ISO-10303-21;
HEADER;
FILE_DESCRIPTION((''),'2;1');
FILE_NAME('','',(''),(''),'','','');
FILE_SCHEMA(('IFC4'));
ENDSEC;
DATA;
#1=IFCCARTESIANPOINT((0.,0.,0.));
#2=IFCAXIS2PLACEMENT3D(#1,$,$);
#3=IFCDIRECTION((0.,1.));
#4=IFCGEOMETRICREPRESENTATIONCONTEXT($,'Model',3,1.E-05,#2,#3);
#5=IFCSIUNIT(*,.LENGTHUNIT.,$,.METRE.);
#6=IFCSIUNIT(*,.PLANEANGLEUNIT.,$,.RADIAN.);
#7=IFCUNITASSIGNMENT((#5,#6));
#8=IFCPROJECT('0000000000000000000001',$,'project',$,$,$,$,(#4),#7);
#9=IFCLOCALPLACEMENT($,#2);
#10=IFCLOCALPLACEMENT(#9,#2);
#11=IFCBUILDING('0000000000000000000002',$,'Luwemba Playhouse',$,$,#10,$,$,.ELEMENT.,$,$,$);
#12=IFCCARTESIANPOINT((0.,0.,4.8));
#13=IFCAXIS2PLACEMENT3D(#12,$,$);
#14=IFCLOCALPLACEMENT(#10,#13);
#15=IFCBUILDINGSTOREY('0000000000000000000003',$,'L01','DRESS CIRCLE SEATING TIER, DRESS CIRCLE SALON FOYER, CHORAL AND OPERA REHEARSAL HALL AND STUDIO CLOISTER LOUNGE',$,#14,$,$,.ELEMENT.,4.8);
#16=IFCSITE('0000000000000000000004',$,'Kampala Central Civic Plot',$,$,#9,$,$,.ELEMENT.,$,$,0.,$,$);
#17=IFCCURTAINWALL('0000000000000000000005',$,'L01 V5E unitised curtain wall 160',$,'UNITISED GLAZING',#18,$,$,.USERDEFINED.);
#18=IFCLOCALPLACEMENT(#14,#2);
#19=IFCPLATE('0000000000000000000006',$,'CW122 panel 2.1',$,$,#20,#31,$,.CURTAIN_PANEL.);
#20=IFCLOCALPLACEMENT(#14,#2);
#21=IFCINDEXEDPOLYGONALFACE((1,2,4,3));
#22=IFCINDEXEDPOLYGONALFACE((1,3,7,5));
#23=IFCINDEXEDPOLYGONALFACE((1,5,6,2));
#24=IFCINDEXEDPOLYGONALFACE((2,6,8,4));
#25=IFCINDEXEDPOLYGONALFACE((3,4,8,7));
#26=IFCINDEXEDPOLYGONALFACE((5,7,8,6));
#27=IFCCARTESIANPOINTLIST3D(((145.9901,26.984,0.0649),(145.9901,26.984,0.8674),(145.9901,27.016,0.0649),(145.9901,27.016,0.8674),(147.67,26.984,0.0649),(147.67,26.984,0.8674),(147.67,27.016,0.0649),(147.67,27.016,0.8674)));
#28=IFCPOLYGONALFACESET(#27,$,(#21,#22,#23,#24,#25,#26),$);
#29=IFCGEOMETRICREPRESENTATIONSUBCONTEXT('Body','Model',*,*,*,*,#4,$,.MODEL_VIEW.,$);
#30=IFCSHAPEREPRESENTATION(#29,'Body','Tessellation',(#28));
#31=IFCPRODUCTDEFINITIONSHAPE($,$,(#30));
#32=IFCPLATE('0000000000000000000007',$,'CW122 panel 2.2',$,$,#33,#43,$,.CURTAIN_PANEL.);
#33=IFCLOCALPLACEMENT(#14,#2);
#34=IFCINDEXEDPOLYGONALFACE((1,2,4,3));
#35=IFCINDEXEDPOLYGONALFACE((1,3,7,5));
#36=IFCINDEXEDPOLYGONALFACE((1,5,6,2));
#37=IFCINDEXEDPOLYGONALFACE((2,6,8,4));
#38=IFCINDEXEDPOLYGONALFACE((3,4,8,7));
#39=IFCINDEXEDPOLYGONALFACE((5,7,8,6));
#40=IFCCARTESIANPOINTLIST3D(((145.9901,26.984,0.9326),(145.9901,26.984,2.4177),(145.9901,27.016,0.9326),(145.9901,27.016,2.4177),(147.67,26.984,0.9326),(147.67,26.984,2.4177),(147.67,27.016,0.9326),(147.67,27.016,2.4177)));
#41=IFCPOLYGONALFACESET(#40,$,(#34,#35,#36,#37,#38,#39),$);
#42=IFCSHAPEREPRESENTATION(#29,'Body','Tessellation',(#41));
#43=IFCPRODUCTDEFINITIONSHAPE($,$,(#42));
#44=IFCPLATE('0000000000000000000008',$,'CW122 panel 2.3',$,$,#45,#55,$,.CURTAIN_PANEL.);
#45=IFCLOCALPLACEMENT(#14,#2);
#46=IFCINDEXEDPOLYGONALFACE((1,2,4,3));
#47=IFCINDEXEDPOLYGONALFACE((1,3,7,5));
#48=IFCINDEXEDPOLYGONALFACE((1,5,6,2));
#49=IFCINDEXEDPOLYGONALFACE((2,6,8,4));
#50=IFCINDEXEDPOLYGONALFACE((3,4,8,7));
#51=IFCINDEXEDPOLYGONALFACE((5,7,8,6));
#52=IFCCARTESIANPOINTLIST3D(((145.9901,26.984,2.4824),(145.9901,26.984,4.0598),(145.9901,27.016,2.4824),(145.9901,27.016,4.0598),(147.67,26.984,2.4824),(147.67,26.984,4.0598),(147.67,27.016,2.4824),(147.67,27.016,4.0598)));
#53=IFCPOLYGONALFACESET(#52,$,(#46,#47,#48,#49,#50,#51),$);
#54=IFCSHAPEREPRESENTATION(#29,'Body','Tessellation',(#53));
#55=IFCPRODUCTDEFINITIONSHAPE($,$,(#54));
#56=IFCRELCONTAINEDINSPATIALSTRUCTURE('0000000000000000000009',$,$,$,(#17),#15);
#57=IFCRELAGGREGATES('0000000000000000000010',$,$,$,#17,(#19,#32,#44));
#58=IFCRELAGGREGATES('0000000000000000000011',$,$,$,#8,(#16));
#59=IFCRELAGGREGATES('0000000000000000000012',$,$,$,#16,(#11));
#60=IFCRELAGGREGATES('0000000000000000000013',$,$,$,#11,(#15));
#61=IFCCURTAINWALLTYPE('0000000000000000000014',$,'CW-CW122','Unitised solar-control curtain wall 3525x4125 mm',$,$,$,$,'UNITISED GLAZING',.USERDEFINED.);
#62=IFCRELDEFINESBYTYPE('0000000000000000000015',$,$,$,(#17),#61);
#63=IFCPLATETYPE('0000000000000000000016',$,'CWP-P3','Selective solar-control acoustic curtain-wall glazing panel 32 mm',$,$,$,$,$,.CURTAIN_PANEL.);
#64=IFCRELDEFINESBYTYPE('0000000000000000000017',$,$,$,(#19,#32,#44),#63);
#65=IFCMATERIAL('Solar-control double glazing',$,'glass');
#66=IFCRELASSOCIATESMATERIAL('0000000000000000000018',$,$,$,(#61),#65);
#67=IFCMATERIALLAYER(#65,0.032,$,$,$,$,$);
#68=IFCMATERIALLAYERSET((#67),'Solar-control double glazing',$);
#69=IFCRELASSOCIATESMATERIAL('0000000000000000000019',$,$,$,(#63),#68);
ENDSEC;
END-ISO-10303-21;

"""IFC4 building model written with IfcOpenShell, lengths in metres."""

from ifc_helpers import new_model, si_unit, direction, frame, origin, origin_2d, place, context, subcontext, project, spatial, rectangle, extrude, material, layer, layer_set, type_object, element, aggregate, save


model = new_model("IFC4")

# Units and contexts
model_context = context("Model", 3, precision=1e-05, world=origin(), true_north=direction((0.0, 1.0)))
body_context = subcontext(model_context, "Body", "Model", "MODEL_VIEW")
ifc_project = project(units=[si_unit("LENGTHUNIT", "METRE"), si_unit("PLANEANGLEUNIT", "RADIAN")], contexts=[model_context])

# Site, building, storey
site_placement = place(None, origin())
site = spatial("IfcSite", under=ifc_project, at=site_placement, Name="Kampala Central Civic Plot", CompositionType="ELEMENT", RefElevation=0.0)
building_placement = place(site_placement, origin())
building = spatial("IfcBuilding", under=site, at=building_placement, Name="Luwemba Playhouse", CompositionType="ELEMENT")
storey_placement = place(building_placement, frame((0.0, 0.0, 4.8)))
storey = spatial("IfcBuildingStorey", under=building, at=storey_placement, Name="L01", Description="DRESS CIRCLE SEATING TIER, DRESS CIRCLE SALON FOYER, CHORAL AND OPERA REHEARSAL HALL AND STUDIO CLOISTER LOUNGE", CompositionType="ELEMENT", Elevation=4.8)

# Curtain wall
ifc_material_1 = material(Name="Solar-control double glazing", Category="glass")
curtain_wall_type_1 = type_object("IfcCurtainWallType", Name="CW-CW122", Description="Unitised solar-control curtain wall 3525x4125 mm", ElementType="UNITISED GLAZING", PredefinedType="USERDEFINED", material=ifc_material_1)
curtain_wall_1_placement = place(storey_placement, origin())
curtain_wall_1 = element("IfcCurtainWall", 1, at=curtain_wall_1_placement, inside=storey, type_object=curtain_wall_type_1, Name="L01 V5E unitised curtain wall 160", ObjectType="UNITISED GLAZING", PredefinedType="USERDEFINED")

# Plates
ifc_layer_1 = layer(ifc_material_1, 0.032)
ifc_layer_set_1 = layer_set([ifc_layer_1], Name="Solar-control double glazing")
plate_type_1 = type_object("IfcPlateType", Name="CWP-P3", Description="Selective solar-control acoustic curtain-wall glazing panel 32 mm", PredefinedType="CURTAIN_PANEL", material=ifc_layer_set_1)
plate_1_placement = place(storey_placement, frame((146.8301, 27.0, 0.0649), z_axis=(0.0, 0.0, 1.0), x_axis=(1.0, 0.0, 0.0)))
plate_1 = element("IfcPlate", 2, at=plate_1_placement, type_object=plate_type_1, Name="CW122 panel 2.1", PredefinedType="CURTAIN_PANEL", context=body_context, shape_type="SweptSolid", body=[
    extrude(rectangle(XDim=1.6799, YDim=0.032, at=origin_2d()), origin(), (0.0, 0.0, 1.0), 0.8025),
])
plate_2_placement = place(storey_placement, frame((146.8301, 27.0, 0.9326), z_axis=(0.0, 0.0, 1.0), x_axis=(1.0, 0.0, 0.0)))
plate_2 = element("IfcPlate", 3, at=plate_2_placement, type_object=plate_type_1, Name="CW122 panel 2.2", PredefinedType="CURTAIN_PANEL", context=body_context, shape_type="SweptSolid", body=[
    extrude(rectangle(XDim=1.6799, YDim=0.032, at=origin_2d()), origin(), (0.0, 0.0, 1.0), 1.4851),
])
plate_3_placement = place(storey_placement, frame((146.8301, 27.0, 2.4824), z_axis=(0.0, 0.0, 1.0), x_axis=(1.0, 0.0, 0.0)))
plate_3 = element("IfcPlate", 4, at=plate_3_placement, type_object=plate_type_1, Name="CW122 panel 2.3", PredefinedType="CURTAIN_PANEL", context=body_context, shape_type="SweptSolid", body=[
    extrude(rectangle(XDim=1.6799, YDim=0.032, at=origin_2d()), origin(), (0.0, 0.0, 1.0), 1.5774),
])
aggregate(curtain_wall_1, [plate_1, plate_2, plate_3])

save(model, "model.ifc")
